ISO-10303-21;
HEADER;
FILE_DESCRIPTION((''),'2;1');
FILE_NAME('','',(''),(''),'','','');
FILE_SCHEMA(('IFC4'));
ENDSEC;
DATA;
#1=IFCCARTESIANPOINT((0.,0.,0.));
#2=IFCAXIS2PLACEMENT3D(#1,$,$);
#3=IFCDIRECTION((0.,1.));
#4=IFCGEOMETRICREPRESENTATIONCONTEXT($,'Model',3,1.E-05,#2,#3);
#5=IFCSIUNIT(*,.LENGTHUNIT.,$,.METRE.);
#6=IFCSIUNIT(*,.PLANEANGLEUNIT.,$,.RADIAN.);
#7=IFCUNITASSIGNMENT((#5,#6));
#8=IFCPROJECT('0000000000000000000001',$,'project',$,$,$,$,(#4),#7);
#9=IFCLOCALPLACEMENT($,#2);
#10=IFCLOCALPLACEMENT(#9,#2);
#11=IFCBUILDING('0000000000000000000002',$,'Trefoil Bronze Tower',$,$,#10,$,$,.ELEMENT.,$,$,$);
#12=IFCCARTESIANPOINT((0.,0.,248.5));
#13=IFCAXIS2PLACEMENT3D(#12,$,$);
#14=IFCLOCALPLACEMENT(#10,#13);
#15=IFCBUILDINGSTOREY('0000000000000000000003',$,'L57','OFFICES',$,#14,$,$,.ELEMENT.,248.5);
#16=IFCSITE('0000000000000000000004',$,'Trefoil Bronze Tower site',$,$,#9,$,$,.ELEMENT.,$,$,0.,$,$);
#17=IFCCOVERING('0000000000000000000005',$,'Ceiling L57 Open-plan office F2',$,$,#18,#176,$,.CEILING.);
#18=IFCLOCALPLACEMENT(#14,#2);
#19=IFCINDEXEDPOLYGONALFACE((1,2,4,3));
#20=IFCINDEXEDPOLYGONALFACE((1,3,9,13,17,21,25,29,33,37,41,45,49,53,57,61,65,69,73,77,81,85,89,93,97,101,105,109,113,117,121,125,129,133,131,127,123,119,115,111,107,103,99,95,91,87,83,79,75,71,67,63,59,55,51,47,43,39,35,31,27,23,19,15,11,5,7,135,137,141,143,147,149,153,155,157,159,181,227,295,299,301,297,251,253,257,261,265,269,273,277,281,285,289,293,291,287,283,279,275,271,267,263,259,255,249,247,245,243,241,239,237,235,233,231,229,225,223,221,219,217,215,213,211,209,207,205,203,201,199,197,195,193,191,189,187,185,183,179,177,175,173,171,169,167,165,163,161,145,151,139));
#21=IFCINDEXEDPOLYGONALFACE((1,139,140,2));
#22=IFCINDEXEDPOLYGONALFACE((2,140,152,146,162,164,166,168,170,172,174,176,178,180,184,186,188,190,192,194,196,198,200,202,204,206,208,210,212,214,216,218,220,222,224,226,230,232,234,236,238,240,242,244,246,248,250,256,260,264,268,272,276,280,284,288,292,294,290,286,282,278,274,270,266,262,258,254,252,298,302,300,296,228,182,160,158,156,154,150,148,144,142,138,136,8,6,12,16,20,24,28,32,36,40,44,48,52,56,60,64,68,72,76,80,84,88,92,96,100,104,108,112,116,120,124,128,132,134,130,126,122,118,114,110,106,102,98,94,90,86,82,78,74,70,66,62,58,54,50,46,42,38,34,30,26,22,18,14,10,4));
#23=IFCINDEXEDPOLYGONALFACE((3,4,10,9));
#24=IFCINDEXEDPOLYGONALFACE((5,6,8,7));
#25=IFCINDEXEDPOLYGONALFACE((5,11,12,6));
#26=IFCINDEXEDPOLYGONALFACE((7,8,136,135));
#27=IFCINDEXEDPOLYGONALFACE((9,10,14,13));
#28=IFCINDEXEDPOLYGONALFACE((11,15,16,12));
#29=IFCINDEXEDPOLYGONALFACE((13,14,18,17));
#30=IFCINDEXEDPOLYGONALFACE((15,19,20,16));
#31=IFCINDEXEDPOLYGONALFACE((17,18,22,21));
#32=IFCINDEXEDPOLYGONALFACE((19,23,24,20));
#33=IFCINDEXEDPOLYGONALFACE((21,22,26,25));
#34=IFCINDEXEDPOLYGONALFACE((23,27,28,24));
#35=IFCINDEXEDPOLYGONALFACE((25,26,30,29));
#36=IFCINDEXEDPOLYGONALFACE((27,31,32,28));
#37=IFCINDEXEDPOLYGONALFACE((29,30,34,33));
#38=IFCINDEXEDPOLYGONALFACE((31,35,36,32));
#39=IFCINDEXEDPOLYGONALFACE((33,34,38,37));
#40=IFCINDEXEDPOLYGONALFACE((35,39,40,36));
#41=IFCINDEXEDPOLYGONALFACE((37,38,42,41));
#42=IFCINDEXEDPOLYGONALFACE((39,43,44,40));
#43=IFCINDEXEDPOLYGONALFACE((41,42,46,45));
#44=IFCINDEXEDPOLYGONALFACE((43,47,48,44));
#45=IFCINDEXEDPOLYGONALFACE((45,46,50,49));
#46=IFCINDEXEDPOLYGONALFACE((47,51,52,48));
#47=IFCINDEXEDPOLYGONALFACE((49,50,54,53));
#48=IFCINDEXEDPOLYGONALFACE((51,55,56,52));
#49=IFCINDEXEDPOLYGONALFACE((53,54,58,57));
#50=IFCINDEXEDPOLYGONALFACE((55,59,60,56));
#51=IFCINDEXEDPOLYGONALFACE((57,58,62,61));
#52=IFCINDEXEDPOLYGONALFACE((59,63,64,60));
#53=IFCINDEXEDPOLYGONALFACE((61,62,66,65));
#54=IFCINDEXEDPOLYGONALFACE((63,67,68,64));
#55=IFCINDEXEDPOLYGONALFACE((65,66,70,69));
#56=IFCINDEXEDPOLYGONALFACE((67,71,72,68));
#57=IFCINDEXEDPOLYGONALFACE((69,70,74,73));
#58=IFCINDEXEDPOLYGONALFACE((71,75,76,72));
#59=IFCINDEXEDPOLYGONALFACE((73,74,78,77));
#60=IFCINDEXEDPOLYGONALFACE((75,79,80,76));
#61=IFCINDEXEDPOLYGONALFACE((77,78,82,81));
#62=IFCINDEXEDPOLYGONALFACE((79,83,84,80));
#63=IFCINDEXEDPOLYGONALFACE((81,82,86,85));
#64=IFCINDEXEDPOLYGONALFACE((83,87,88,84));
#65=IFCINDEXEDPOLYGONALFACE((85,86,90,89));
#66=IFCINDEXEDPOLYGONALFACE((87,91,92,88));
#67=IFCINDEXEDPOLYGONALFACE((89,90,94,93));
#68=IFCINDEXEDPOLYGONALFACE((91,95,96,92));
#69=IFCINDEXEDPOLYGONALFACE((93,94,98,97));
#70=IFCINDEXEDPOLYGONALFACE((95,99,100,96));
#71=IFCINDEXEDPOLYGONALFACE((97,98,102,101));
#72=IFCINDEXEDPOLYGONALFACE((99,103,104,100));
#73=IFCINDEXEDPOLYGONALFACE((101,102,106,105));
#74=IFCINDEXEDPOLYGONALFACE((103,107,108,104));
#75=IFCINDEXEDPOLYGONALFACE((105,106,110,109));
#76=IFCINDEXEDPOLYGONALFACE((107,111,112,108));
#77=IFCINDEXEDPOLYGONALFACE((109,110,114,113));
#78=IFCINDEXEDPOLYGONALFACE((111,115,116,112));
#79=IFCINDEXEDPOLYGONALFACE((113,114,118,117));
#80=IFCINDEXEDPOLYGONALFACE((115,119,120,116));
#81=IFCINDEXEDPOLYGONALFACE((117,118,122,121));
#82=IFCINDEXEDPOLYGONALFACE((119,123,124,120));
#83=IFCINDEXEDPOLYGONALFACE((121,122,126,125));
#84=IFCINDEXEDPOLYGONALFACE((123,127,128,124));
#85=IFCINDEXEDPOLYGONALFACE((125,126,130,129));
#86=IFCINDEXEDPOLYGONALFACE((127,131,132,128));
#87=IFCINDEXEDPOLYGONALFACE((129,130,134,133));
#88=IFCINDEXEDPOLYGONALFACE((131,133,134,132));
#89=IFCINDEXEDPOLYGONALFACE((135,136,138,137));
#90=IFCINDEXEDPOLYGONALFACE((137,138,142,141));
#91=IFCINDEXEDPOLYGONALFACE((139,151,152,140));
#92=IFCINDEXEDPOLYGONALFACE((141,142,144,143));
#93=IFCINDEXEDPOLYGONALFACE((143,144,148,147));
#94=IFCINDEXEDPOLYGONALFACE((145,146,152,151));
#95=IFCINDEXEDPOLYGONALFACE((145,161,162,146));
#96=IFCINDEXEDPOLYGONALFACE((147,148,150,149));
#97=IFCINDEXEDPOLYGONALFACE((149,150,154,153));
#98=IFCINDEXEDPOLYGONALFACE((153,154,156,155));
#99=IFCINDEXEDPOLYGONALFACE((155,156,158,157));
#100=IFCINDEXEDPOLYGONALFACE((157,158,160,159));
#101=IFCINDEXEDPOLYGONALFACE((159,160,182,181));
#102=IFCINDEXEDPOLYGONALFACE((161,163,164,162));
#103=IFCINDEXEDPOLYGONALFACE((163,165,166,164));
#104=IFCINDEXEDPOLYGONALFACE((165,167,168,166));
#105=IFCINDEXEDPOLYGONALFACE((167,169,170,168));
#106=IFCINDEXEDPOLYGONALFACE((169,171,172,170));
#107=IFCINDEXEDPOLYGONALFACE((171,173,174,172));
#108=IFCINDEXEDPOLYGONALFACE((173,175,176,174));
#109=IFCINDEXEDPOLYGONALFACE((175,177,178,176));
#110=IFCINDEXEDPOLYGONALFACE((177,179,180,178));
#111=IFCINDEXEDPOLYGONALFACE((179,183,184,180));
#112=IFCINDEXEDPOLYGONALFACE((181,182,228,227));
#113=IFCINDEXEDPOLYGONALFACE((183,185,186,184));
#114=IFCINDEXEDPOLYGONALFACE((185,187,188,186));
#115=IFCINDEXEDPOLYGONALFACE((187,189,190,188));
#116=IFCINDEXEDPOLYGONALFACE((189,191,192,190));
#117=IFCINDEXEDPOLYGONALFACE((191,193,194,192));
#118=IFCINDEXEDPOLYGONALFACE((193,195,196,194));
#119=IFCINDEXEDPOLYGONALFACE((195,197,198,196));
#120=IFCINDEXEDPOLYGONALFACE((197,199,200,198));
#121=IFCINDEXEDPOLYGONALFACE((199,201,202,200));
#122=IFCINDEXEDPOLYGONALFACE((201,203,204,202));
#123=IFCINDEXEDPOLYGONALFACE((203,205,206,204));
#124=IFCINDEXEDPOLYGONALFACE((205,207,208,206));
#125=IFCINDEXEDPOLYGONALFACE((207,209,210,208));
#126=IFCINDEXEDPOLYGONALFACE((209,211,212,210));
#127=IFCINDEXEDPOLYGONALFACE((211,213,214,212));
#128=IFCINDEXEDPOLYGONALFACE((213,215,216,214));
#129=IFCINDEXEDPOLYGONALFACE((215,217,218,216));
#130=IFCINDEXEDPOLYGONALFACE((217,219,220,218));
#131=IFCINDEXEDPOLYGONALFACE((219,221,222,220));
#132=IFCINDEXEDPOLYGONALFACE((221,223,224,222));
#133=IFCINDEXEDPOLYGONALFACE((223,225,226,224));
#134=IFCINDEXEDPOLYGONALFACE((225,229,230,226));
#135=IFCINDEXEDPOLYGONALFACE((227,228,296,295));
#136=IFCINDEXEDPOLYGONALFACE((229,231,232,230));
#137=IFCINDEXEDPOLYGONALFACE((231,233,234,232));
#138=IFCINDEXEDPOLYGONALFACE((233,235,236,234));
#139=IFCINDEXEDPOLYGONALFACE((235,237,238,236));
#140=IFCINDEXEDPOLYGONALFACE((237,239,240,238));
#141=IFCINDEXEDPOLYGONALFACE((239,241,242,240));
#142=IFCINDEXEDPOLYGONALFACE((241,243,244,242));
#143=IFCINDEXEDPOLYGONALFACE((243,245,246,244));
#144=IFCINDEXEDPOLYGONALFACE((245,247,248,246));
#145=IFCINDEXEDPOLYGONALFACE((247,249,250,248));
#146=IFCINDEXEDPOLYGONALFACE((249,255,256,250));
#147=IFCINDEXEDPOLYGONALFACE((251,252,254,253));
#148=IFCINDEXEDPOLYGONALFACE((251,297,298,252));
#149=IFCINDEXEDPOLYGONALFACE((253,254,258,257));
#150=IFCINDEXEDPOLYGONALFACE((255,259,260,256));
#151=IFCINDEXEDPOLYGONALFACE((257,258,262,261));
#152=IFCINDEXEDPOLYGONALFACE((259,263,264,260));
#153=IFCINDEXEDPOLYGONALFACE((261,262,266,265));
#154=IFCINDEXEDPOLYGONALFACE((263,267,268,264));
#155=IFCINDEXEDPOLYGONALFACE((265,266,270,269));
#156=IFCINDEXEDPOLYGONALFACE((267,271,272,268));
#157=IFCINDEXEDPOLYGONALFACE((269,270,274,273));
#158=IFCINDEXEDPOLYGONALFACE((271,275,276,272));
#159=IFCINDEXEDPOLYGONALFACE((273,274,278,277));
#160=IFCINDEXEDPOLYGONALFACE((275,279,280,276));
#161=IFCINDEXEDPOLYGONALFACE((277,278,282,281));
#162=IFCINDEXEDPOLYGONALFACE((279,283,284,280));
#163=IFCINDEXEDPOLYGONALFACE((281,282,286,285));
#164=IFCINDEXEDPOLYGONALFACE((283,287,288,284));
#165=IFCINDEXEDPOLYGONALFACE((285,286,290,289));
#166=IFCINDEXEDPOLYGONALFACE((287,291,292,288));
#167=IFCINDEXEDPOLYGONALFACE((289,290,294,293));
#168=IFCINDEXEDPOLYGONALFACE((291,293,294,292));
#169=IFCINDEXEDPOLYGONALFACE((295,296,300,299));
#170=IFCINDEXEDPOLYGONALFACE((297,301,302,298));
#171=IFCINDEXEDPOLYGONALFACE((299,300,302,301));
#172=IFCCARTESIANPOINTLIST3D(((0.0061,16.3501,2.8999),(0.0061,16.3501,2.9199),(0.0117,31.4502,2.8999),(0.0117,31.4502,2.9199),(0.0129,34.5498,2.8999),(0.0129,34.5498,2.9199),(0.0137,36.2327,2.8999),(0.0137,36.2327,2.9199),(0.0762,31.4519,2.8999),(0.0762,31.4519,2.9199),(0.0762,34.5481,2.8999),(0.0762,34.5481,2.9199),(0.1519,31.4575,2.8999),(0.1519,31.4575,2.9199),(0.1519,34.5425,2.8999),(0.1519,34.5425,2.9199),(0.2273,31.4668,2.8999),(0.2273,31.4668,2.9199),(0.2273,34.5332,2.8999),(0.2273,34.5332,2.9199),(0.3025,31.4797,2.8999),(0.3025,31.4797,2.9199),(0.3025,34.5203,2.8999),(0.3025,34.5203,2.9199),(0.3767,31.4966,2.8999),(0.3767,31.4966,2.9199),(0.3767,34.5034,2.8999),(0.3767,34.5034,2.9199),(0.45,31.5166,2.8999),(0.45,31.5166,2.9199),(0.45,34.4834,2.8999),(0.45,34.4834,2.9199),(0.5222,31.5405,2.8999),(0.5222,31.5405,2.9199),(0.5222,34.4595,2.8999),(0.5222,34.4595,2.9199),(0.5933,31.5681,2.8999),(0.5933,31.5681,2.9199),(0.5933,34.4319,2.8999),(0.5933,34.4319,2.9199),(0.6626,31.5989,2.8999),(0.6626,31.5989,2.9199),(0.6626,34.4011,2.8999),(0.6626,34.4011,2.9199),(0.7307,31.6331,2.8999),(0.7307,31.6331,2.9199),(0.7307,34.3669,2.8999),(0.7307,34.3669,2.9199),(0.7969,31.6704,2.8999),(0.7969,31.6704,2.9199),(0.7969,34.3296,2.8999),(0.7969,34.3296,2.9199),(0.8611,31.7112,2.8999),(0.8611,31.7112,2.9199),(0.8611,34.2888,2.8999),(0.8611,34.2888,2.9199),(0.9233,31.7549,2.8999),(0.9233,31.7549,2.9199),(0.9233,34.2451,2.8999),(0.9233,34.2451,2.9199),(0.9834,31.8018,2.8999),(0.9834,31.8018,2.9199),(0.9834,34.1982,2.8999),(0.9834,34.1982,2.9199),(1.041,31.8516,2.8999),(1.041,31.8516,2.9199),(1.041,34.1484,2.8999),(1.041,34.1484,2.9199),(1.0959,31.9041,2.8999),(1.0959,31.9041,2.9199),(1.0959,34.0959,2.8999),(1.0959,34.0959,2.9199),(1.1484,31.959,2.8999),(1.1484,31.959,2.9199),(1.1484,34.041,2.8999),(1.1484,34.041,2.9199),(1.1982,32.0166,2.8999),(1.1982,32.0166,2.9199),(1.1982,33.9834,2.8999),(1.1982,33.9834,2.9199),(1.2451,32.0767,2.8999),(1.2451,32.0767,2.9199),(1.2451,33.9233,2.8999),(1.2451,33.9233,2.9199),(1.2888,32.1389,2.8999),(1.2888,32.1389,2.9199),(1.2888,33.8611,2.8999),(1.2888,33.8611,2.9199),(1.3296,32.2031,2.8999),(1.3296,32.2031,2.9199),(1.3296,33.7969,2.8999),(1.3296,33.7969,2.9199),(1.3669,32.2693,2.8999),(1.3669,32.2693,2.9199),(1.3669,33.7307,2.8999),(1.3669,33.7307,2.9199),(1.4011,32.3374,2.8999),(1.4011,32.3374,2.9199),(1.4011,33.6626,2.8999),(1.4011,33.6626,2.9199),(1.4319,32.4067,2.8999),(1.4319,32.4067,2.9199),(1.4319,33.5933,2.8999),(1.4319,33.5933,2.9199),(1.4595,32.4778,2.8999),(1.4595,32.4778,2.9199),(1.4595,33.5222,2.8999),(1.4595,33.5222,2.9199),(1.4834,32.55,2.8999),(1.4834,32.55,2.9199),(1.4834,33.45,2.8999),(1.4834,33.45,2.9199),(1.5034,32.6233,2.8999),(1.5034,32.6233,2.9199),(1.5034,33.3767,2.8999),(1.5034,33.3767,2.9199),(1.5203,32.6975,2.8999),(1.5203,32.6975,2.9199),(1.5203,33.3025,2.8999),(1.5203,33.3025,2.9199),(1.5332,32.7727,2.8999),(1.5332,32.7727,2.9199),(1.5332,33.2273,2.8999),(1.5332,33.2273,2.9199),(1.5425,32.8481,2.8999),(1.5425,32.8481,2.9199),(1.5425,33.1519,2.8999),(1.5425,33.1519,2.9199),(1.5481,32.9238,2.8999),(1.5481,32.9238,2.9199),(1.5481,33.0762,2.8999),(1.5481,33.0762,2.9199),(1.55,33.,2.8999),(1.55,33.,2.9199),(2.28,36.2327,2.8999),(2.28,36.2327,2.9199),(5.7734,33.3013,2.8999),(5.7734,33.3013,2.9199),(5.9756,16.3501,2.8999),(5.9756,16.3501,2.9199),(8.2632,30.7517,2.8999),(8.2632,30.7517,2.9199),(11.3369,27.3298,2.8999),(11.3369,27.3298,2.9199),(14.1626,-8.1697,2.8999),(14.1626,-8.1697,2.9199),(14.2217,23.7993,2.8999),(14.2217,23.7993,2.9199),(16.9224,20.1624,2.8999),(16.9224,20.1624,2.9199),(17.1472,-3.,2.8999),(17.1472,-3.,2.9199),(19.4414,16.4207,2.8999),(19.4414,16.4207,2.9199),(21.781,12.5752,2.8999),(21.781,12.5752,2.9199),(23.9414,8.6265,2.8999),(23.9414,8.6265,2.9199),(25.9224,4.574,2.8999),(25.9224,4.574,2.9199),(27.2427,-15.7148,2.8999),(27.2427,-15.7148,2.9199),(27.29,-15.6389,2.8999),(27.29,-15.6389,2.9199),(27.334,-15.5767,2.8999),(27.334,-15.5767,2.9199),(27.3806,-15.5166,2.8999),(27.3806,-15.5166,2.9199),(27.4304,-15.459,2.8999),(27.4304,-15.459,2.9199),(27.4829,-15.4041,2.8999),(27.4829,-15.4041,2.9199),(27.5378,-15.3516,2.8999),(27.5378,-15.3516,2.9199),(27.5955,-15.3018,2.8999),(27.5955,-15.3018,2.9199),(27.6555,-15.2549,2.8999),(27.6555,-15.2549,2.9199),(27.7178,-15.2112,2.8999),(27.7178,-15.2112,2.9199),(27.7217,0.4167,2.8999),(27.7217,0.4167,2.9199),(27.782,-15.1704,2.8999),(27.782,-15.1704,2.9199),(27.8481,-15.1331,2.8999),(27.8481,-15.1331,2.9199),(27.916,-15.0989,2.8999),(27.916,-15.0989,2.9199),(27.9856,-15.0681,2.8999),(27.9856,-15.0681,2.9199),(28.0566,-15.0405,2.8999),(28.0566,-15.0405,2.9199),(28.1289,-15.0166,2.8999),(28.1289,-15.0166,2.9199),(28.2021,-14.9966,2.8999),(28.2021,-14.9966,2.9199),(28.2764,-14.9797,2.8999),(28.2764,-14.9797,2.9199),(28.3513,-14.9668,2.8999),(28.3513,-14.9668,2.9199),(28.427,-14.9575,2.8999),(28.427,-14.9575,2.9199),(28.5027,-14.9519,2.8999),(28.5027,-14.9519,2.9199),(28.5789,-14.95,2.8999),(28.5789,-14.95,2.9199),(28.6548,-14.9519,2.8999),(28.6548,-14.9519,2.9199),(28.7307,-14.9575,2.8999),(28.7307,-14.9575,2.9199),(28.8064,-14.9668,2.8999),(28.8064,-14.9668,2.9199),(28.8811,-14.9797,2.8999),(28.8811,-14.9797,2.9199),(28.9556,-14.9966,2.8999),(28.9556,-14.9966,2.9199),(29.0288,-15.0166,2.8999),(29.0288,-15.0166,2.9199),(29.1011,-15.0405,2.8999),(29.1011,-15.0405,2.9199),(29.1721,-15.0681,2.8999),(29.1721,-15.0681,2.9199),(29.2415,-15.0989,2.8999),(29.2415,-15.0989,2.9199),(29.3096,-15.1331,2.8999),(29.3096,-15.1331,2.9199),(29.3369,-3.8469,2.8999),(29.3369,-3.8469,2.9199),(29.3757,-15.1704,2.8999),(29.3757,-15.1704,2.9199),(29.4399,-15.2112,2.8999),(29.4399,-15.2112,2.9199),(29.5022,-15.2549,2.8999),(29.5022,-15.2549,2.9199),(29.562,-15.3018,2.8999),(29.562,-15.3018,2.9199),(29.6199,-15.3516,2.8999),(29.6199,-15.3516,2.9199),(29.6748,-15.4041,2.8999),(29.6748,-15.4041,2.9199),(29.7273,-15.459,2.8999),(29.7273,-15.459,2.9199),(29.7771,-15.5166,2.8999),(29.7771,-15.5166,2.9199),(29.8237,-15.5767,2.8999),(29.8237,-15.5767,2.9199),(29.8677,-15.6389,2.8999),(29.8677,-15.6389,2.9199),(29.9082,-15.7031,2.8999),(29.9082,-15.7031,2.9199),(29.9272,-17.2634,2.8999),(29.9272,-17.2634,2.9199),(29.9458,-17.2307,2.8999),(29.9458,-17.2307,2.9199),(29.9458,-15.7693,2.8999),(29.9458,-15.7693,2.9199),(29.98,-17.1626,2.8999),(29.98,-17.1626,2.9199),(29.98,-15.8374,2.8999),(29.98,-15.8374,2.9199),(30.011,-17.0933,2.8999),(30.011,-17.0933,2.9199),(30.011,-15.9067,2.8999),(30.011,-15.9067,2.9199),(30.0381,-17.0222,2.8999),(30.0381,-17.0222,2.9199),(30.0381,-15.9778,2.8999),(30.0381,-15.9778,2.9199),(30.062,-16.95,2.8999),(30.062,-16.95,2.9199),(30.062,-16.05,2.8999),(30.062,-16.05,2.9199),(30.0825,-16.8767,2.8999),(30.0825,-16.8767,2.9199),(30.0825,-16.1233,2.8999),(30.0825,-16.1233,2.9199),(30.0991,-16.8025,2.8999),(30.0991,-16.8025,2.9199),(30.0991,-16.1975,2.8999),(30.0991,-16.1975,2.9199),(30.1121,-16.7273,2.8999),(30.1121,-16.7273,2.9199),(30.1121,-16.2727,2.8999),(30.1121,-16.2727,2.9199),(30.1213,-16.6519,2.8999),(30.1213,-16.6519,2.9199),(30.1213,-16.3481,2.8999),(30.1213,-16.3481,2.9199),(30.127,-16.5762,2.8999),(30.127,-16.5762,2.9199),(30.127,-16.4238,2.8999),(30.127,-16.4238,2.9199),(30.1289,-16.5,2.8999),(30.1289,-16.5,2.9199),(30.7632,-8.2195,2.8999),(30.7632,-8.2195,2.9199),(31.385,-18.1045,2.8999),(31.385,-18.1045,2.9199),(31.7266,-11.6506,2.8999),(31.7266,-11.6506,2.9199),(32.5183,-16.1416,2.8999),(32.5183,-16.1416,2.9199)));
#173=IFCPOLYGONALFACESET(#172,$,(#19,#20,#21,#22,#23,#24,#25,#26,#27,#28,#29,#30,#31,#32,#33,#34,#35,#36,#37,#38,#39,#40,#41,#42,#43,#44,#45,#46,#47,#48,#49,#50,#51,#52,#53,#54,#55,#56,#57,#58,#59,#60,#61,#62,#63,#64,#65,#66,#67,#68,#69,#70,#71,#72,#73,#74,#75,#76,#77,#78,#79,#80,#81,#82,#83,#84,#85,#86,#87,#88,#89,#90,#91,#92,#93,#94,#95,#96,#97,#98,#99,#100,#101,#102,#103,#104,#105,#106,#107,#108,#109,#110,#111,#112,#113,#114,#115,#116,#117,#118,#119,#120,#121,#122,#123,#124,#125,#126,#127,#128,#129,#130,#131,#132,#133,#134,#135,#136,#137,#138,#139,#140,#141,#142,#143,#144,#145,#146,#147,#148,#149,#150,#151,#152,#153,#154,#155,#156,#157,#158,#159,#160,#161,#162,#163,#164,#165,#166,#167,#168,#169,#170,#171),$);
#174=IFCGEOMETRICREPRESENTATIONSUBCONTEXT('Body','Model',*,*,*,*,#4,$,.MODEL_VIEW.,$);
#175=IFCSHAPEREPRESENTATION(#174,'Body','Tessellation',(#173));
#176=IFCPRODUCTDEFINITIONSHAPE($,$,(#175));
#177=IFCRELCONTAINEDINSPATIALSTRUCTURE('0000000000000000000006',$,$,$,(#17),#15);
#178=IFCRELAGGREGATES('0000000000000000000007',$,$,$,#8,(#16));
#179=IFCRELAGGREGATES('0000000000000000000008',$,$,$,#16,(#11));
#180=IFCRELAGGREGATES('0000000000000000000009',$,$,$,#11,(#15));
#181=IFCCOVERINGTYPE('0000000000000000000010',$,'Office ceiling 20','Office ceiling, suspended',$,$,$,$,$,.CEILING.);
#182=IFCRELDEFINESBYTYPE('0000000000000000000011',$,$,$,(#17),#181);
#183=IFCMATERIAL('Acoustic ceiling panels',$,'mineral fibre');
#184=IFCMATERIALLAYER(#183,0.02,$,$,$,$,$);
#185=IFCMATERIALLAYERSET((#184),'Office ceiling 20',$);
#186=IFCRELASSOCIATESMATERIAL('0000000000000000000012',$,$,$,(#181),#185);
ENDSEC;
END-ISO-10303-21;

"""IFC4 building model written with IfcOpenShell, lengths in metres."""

from ifc_helpers import new_model, si_unit, direction, frame, origin, place, context, subcontext, project, spatial, polyline, outline, extrude, material, layer, layer_set, type_object, element, save


model = new_model("IFC4")

# Units and contexts
model_context = context("Model", 3, precision=1e-05, world=origin(), true_north=direction((0.0, 1.0)))
body_context = subcontext(model_context, "Body", "Model", "MODEL_VIEW")
ifc_project = project(units=[si_unit("LENGTHUNIT", "METRE"), si_unit("PLANEANGLEUNIT", "RADIAN")], contexts=[model_context])

# Site, building, storey
site_placement = place(None, origin())
site = spatial("IfcSite", under=ifc_project, at=site_placement, Name="Trefoil Bronze Tower site", CompositionType="ELEMENT", RefElevation=0.0)
building_placement = place(site_placement, origin())
building = spatial("IfcBuilding", under=site, at=building_placement, Name="Trefoil Bronze Tower", CompositionType="ELEMENT")
storey_placement = place(building_placement, frame((0.0, 0.0, 248.5)))
storey = spatial("IfcBuildingStorey", under=building, at=storey_placement, Name="L57", Description="OFFICES", CompositionType="ELEMENT", Elevation=248.5)

# Covering
ifc_material_1 = material(Name="Acoustic ceiling panels", Category="mineral fibre")
ifc_layer_1 = layer(ifc_material_1, 0.02)
ifc_layer_set_1 = layer_set([ifc_layer_1], Name="Office ceiling 20")
covering_type_1 = type_object("IfcCoveringType", Name="Office ceiling 20", Description="Office ceiling, suspended", PredefinedType="CEILING", material=ifc_layer_set_1)
covering_1_placement = place(storey_placement, frame((0.0, 0.0, 2.8999)))
element("IfcCovering", 1, at=covering_1_placement, inside=storey, type_object=covering_type_1, Name="Ceiling L57 Open-plan office F2", PredefinedType="CEILING", context=body_context, shape_type="SweptSolid", body=[
    extrude(outline(polyline([(8.2632, 30.7517), (11.3369, 27.3298), (14.2217, 23.7993), (16.9224, 20.1624), (19.4414, 16.4207), (21.781, 12.5752), (23.9414, 8.6265), (25.9224, 4.574), (27.7217, 0.4167), (29.3369, -3.8469), (30.7632, -8.2195), (31.7266, -11.6506), (32.5183, -16.1416), (31.385, -18.1045), (29.9272, -17.2634), (29.9458, -17.2307), (29.98, -17.1626), (30.011, -17.0933), (30.0381, -17.0222), (30.062, -16.95), (30.0825, -16.8767), (30.0991, -16.8025), (30.1121, -16.7273), (30.1213, -16.6519), (30.127, -16.5762), (30.1289, -16.5), (30.127, -16.4238), (30.1213, -16.3481), (30.1121, -16.2727), (30.0991, -16.1975), (30.0825, -16.1233), (30.062, -16.05), (30.0381, -15.9778), (30.011, -15.9067), (29.98, -15.8374), (29.9458, -15.7693), (29.9082, -15.7031), (29.8677, -15.6389), (29.8237, -15.5767), (29.7771, -15.5166), (29.7273, -15.459), (29.6748, -15.4041), (29.6199, -15.3516), (29.562, -15.3018), (29.5022, -15.2549), (29.4399, -15.2112), (29.3757, -15.1704), (29.3096, -15.1331), (29.2415, -15.0989), (29.1721, -15.0681), (29.1011, -15.0405), (29.0288, -15.0166), (28.9556, -14.9966), (28.8811, -14.9797), (28.8064, -14.9668), (28.7307, -14.9575), (28.6548, -14.9519), (28.5789, -14.95), (28.5027, -14.9519), (28.427, -14.9575), (28.3513, -14.9668), (28.2764, -14.9797), (28.2021, -14.9966), (28.1289, -15.0166), (28.0566, -15.0405), (27.9856, -15.0681), (27.916, -15.0989), (27.8481, -15.1331), (27.782, -15.1704), (27.7178, -15.2112), (27.6555, -15.2549), (27.5955, -15.3018), (27.5378, -15.3516), (27.4829, -15.4041), (27.4304, -15.459), (27.3806, -15.5166), (27.334, -15.5767), (27.29, -15.6389), (27.2427, -15.7148), (14.1626, -8.1697), (17.1472, -3.0), (5.9756, 16.3501), (0.0061, 16.3501), (0.0117, 31.4502), (0.0762, 31.4519), (0.1519, 31.4575), (0.2273, 31.4668), (0.3025, 31.4797), (0.3767, 31.4966), (0.45, 31.5166), (0.5222, 31.5405), (0.5933, 31.5681), (0.6626, 31.5989), (0.7307, 31.6331), (0.7969, 31.6704), (0.8611, 31.7112), (0.9233, 31.7549), (0.9834, 31.8018), (1.041, 31.8516), (1.0959, 31.9041), (1.1484, 31.959), (1.1982, 32.0166), (1.2451, 32.0767), (1.2888, 32.1389), (1.3296, 32.2031), (1.3669, 32.2693), (1.4011, 32.3374), (1.4319, 32.4067), (1.4595, 32.4778), (1.4834, 32.55), (1.5034, 32.6233), (1.5203, 32.6975), (1.5332, 32.7727), (1.5425, 32.8481), (1.5481, 32.9238), (1.55, 33.0), (1.5481, 33.0762), (1.5425, 33.1519), (1.5332, 33.2273), (1.5203, 33.3025), (1.5034, 33.3767), (1.4834, 33.45), (1.4595, 33.5222), (1.4319, 33.5933), (1.4011, 33.6626), (1.3669, 33.7307), (1.3296, 33.7969), (1.2888, 33.8611), (1.2451, 33.9233), (1.1982, 33.9834), (1.1484, 34.041), (1.0959, 34.0959), (1.041, 34.1484), (0.9834, 34.1982), (0.9233, 34.2451), (0.8611, 34.2888), (0.7969, 34.3296), (0.7307, 34.3669), (0.6626, 34.4011), (0.5933, 34.4319), (0.5222, 34.4595), (0.45, 34.4834), (0.3767, 34.5034), (0.3025, 34.5203), (0.2273, 34.5332), (0.1519, 34.5425), (0.0762, 34.5481), (0.0129, 34.5498), (0.0137, 36.2327), (2.28, 36.2327), (5.7734, 33.3013), (8.2632, 30.7517)])), origin(), (0.0, 0.0, 1.0), 0.02),
])

save(model, "model.ifc")
